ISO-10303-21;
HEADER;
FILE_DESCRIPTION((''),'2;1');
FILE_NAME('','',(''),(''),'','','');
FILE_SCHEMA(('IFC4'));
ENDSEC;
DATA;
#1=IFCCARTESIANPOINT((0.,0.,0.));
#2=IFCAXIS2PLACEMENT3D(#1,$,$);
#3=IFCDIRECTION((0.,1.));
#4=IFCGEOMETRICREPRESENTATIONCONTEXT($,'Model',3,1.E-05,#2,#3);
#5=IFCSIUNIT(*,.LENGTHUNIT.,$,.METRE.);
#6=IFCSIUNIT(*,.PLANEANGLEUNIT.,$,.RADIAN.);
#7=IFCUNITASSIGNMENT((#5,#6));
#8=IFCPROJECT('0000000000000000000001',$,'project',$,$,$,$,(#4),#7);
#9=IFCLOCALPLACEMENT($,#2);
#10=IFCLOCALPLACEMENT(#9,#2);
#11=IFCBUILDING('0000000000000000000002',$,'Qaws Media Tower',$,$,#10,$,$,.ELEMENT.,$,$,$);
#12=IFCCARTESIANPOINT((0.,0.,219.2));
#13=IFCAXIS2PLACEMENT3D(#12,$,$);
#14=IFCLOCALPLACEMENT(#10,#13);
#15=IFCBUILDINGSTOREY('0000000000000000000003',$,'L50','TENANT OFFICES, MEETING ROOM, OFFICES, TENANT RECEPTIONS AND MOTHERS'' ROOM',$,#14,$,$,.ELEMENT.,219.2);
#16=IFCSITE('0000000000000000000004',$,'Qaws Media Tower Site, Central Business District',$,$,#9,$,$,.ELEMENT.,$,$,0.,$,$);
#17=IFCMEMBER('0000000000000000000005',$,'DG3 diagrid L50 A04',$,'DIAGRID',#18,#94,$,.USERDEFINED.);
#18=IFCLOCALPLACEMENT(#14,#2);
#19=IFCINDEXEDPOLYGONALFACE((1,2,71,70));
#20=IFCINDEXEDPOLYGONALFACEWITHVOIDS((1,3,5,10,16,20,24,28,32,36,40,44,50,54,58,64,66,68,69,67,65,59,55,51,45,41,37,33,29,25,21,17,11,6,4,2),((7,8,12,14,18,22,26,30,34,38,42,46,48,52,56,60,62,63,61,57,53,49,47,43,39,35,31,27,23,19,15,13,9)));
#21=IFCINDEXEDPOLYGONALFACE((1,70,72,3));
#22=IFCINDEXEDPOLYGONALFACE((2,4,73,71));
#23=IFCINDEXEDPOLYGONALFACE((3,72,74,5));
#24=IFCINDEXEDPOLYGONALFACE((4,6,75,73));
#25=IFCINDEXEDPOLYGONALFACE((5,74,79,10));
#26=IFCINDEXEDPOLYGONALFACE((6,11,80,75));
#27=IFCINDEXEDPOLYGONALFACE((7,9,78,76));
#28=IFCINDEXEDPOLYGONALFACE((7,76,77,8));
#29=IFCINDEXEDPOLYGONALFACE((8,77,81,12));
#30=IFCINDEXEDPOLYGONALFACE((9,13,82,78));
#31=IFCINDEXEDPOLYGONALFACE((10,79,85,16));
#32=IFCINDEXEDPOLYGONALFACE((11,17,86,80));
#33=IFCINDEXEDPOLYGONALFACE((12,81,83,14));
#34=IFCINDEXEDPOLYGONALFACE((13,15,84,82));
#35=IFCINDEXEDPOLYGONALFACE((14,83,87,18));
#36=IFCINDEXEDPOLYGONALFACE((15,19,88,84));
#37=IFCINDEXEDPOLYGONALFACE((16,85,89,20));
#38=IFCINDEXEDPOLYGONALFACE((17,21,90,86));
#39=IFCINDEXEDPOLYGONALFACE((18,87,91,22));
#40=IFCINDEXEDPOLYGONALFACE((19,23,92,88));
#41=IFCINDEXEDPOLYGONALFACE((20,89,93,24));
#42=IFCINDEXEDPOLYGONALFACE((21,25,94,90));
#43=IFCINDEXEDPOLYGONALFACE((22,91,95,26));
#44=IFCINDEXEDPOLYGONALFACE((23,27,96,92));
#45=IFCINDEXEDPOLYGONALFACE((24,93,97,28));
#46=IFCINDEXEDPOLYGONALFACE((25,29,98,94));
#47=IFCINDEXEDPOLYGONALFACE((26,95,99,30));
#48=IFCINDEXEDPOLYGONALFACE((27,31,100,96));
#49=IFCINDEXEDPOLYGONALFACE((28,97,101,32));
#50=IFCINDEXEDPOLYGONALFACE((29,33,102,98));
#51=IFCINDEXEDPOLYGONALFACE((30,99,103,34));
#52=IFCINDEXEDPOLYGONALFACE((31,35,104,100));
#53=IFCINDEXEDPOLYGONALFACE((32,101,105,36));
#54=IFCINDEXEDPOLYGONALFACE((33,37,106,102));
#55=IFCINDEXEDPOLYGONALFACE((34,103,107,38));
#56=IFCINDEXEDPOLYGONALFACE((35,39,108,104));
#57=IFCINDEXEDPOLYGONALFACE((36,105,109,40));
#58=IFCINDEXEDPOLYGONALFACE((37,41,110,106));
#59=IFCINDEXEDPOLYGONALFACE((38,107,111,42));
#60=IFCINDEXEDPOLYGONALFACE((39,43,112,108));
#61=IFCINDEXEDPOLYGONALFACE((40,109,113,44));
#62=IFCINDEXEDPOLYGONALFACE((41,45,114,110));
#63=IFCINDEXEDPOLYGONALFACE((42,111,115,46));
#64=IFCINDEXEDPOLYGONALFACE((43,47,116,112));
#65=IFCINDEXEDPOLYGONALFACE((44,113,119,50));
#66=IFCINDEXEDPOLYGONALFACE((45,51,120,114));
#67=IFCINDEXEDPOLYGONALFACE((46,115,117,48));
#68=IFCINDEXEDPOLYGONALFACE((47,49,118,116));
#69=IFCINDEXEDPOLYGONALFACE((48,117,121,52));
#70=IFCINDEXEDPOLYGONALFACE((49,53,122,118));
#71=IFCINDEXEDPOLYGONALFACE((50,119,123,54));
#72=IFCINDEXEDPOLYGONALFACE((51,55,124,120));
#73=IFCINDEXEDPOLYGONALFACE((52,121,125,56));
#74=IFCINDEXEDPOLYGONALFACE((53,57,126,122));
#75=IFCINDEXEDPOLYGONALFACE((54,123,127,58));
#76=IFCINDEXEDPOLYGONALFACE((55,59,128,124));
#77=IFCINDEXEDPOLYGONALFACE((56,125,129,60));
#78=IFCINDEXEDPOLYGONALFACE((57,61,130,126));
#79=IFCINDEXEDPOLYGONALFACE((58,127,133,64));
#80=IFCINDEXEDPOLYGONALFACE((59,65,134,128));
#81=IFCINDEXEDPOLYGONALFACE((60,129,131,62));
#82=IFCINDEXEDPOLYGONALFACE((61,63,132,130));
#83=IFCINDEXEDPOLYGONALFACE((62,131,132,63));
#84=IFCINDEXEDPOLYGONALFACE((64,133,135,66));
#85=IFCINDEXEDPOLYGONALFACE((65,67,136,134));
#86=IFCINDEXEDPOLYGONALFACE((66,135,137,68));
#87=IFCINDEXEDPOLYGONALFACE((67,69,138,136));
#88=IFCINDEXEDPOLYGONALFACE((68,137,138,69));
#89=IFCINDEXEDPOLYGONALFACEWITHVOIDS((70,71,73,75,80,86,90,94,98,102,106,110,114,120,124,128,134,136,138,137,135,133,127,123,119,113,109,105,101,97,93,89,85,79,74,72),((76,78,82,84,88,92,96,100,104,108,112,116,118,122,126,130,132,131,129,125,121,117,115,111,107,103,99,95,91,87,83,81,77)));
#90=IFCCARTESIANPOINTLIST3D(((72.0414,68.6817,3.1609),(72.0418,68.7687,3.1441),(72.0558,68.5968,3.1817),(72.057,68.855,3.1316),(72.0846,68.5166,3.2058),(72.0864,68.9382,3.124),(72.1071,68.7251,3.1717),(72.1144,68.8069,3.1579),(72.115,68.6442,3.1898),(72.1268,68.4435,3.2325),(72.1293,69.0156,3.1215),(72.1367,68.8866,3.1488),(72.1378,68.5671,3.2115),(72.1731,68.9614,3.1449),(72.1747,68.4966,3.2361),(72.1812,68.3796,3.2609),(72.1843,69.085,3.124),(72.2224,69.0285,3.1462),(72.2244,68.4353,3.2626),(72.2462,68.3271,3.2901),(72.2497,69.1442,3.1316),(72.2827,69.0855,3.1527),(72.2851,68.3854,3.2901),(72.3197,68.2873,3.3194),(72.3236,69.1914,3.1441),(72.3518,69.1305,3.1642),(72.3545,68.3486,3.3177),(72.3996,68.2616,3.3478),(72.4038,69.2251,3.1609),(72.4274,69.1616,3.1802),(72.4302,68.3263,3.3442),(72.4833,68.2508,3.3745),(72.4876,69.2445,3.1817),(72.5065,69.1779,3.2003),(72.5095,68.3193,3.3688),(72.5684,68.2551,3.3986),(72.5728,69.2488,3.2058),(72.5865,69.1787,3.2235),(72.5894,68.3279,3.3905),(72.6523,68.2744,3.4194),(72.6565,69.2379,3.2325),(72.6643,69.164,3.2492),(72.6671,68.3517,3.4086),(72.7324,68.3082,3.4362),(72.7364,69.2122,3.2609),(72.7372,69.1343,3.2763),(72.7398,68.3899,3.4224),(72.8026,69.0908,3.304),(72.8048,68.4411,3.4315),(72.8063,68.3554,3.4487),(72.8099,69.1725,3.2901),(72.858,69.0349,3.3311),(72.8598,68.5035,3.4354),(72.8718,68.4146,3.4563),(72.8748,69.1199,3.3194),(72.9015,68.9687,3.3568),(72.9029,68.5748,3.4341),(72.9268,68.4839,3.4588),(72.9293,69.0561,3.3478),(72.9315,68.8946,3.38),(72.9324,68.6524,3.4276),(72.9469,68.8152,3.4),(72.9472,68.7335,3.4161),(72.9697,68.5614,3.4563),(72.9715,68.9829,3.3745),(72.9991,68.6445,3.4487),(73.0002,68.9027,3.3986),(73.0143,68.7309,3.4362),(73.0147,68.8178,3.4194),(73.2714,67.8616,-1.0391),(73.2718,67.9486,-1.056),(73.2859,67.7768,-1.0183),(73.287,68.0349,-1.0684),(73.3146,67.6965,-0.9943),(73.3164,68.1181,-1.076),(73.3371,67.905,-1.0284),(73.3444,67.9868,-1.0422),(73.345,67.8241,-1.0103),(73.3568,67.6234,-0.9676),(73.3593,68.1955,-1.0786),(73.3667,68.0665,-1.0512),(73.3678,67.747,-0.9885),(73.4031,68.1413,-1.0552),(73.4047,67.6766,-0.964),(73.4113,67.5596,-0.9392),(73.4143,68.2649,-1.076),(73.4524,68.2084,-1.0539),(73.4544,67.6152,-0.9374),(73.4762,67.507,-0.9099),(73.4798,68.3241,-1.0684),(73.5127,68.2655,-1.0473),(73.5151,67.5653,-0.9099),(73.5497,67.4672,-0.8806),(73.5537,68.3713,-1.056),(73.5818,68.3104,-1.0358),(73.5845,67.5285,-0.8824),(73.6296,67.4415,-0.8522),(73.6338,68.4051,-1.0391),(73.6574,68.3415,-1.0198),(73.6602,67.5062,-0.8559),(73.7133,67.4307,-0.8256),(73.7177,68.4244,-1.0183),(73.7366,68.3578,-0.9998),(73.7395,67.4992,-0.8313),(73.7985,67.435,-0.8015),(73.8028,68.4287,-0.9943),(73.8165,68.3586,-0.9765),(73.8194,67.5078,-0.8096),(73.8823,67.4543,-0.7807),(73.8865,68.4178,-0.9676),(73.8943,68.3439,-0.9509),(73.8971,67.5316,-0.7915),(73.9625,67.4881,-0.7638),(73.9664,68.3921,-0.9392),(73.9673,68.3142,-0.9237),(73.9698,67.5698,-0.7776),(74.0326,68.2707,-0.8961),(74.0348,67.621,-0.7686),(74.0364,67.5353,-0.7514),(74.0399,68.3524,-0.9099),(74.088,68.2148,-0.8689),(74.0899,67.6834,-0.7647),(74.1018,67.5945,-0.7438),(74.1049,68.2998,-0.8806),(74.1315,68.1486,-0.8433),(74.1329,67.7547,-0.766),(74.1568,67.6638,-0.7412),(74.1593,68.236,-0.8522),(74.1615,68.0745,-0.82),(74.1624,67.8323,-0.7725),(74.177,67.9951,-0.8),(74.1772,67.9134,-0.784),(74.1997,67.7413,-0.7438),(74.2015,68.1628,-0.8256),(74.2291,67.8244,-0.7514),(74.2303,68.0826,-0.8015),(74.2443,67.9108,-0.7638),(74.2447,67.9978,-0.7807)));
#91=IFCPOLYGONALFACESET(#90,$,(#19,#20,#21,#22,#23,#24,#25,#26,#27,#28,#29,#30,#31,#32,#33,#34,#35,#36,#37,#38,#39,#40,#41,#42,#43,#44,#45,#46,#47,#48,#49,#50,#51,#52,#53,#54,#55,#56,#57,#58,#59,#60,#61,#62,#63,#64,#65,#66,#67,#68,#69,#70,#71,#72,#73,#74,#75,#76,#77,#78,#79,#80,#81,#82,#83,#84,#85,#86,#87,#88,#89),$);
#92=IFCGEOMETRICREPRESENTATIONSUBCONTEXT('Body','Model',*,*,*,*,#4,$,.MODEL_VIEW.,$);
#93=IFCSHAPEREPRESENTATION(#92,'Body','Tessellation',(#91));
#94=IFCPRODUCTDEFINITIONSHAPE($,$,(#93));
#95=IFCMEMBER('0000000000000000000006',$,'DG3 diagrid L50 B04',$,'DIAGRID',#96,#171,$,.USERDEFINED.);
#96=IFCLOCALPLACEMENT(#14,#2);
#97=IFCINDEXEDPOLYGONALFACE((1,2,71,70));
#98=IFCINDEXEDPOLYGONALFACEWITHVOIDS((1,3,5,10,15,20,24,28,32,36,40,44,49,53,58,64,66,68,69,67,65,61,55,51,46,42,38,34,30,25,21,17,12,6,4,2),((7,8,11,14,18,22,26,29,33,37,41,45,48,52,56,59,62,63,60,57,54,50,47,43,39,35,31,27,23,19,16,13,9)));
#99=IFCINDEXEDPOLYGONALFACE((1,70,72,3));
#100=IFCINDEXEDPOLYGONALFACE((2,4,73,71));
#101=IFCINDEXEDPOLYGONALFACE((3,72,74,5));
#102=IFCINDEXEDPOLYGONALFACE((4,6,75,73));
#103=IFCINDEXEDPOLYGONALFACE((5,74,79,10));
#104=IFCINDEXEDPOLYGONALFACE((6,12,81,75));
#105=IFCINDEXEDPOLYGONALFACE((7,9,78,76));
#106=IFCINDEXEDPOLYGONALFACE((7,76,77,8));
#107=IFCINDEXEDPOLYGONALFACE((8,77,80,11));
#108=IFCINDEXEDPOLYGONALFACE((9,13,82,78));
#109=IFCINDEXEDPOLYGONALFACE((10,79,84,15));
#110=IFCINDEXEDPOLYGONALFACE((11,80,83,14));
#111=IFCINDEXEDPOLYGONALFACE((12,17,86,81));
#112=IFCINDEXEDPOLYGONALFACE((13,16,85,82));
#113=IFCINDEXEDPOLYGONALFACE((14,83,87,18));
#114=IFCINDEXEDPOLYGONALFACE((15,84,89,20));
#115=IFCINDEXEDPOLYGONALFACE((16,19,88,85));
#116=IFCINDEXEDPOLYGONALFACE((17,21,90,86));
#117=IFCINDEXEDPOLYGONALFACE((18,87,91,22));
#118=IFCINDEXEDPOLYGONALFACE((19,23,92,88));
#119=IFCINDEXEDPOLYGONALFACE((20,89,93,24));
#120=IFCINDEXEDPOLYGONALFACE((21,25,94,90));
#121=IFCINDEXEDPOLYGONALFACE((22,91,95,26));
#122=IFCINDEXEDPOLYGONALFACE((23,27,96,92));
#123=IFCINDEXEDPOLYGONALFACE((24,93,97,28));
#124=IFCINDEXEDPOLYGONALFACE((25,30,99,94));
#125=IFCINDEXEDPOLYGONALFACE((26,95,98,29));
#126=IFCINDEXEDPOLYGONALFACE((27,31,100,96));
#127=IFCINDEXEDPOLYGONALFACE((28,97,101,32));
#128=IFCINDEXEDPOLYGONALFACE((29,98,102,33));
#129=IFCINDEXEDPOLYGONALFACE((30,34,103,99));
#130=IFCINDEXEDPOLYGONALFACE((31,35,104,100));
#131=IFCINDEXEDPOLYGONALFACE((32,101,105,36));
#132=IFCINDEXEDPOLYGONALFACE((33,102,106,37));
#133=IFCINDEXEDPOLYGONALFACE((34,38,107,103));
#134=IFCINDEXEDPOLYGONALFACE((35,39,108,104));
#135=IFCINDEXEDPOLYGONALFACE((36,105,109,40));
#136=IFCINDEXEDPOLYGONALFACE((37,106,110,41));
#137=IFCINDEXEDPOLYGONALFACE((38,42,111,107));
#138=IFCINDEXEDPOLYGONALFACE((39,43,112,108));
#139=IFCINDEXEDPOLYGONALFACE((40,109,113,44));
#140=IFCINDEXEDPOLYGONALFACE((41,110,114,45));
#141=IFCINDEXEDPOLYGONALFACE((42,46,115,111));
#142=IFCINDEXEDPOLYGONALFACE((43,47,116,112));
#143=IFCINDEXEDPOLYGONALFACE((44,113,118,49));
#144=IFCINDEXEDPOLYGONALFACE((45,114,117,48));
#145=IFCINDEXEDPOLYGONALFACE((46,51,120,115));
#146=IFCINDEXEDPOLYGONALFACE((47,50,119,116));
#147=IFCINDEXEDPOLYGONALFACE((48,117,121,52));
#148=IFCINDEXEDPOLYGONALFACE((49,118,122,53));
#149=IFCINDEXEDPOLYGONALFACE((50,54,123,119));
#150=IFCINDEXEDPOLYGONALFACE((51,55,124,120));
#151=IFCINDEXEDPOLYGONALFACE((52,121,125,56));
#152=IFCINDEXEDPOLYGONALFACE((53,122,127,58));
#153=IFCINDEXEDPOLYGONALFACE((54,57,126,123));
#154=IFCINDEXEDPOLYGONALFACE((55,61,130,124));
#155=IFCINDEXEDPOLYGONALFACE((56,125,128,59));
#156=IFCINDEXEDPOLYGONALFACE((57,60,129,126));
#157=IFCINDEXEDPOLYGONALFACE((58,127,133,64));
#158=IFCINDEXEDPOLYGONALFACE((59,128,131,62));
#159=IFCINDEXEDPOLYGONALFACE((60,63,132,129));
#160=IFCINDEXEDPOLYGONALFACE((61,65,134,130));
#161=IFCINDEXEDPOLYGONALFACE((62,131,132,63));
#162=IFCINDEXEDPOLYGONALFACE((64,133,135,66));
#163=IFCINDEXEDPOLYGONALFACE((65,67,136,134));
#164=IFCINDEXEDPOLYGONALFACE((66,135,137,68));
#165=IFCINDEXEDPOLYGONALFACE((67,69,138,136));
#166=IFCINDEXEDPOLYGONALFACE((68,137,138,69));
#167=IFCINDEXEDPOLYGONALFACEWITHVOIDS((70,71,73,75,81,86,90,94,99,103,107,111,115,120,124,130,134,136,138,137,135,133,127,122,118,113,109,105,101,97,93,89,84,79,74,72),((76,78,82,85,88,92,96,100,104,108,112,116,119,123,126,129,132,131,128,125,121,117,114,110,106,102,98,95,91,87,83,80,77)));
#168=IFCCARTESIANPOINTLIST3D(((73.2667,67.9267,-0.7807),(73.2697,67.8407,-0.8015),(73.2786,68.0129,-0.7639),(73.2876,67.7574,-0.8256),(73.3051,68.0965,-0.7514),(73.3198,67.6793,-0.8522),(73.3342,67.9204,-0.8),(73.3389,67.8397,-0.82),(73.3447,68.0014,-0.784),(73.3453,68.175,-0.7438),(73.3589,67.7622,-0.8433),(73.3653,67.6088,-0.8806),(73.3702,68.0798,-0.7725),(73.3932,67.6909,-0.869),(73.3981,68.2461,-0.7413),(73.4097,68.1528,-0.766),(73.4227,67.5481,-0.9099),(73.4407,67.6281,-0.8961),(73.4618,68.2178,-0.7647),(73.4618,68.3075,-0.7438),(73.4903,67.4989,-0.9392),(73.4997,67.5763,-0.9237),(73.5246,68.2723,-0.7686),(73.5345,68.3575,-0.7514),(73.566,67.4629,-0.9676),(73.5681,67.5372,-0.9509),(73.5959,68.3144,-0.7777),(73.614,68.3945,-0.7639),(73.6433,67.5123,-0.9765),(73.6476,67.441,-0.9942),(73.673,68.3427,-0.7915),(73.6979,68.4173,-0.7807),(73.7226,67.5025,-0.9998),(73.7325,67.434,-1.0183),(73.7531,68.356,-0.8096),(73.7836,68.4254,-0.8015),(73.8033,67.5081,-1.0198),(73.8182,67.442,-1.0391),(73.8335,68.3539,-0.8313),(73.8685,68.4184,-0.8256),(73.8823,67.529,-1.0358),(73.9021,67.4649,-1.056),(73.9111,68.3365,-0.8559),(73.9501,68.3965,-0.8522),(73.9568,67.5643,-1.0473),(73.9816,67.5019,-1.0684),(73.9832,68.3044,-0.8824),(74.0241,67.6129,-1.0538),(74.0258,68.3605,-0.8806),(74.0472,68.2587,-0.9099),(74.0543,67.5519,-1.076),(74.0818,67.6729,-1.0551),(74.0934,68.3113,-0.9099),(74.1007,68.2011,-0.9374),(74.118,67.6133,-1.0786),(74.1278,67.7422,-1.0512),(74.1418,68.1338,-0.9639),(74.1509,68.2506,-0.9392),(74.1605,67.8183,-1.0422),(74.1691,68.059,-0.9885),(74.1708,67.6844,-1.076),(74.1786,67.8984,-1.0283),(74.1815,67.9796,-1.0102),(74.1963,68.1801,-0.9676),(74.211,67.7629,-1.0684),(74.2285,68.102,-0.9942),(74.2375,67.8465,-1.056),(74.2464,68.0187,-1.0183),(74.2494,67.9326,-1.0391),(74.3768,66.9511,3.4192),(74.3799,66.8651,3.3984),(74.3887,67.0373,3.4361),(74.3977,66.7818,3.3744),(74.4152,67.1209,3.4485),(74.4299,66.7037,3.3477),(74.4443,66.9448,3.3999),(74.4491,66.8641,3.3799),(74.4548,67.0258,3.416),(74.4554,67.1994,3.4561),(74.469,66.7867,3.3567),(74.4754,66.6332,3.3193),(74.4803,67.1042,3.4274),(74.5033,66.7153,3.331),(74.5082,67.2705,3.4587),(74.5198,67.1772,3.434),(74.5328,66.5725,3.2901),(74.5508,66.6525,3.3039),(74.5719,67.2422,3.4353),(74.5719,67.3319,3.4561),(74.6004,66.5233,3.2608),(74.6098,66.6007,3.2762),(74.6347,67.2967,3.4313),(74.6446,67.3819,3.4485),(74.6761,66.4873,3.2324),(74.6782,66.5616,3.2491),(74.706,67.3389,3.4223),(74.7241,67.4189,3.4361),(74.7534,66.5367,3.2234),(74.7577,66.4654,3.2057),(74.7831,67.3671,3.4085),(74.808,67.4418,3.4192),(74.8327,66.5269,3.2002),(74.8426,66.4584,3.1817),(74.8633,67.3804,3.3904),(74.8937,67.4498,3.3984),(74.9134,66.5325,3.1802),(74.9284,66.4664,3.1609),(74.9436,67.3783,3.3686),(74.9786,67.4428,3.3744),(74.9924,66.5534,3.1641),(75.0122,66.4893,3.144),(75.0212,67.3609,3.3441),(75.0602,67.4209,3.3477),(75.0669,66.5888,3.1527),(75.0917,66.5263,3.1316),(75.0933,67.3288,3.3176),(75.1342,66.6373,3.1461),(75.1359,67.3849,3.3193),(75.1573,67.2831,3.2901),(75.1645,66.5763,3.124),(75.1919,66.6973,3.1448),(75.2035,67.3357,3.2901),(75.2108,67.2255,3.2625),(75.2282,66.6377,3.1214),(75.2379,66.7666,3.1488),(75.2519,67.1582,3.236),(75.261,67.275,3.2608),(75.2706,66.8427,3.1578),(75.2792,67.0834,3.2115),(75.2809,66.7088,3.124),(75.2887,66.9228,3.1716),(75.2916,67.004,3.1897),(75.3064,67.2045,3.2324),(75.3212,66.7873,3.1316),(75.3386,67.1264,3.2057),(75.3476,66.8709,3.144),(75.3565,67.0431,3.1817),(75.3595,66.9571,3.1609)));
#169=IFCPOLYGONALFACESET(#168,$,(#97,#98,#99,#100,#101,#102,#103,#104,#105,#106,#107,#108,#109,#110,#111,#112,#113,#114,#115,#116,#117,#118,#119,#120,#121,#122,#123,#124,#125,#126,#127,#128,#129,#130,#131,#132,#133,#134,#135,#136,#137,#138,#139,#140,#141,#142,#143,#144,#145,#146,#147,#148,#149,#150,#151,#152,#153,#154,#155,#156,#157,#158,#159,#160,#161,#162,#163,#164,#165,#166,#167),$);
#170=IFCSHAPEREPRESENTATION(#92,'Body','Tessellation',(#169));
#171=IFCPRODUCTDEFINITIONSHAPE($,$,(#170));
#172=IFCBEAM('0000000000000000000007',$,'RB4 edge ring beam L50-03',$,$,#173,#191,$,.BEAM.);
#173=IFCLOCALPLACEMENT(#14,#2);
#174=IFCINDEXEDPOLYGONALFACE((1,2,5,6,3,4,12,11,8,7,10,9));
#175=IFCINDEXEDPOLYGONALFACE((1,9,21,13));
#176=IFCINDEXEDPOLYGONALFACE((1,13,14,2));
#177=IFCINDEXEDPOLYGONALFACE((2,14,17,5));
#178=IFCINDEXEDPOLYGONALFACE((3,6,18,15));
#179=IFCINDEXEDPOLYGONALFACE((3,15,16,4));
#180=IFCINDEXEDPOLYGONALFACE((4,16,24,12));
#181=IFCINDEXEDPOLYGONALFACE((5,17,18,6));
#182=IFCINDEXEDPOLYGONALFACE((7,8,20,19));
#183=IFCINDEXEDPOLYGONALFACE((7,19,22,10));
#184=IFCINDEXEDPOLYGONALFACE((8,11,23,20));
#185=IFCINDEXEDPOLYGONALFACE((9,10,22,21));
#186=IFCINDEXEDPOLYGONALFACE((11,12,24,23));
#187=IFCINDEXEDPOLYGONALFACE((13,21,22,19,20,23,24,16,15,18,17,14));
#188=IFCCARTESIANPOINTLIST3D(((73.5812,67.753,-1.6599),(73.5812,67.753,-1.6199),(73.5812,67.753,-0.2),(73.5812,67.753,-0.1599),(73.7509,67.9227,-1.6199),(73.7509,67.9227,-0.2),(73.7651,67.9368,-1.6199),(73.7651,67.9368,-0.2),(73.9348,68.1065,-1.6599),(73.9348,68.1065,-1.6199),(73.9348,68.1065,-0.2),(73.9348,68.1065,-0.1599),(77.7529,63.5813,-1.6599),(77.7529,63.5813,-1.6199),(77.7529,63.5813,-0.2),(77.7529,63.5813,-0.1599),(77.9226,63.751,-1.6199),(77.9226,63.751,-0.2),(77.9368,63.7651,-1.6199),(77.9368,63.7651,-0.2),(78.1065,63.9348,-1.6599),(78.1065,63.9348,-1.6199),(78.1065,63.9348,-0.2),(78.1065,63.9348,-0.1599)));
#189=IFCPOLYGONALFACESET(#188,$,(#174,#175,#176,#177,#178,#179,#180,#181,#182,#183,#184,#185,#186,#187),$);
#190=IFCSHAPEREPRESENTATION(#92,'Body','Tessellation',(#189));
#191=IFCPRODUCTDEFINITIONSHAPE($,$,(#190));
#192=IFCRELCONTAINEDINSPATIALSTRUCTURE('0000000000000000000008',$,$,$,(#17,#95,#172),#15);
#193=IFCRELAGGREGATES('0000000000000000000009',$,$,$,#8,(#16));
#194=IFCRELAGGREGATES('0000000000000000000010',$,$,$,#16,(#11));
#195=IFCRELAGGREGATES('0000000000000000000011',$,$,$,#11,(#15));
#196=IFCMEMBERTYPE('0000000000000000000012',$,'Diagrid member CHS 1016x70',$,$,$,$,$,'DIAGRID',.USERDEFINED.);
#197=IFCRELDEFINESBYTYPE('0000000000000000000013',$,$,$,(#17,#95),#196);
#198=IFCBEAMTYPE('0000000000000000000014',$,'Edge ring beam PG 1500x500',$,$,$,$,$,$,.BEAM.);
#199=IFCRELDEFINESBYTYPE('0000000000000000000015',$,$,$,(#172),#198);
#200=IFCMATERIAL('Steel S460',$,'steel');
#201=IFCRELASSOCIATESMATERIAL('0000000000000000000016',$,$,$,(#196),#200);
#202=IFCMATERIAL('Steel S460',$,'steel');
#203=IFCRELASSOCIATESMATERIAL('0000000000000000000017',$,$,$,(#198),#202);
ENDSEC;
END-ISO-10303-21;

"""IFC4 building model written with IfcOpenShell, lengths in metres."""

from ifc_helpers import new_model, si_unit, direction, frame, origin, origin_2d, place, context, subcontext, project, spatial, hollow_circle, i_section, extrude, material, material_profile, profile_set, type_object, element, save


model = new_model("IFC4")

# Units and contexts
model_context = context("Model", 3, precision=1e-05, world=origin(), true_north=direction((0.0, 1.0)))
body_context = subcontext(model_context, "Body", "Model", "MODEL_VIEW")
ifc_project = project(units=[si_unit("LENGTHUNIT", "METRE"), si_unit("PLANEANGLEUNIT", "RADIAN")], contexts=[model_context])

# Site, building, storey
site_placement = place(None, origin())
site = spatial("IfcSite", under=ifc_project, at=site_placement, Name="Qaws Media Tower Site, Central Business District", CompositionType="ELEMENT", RefElevation=0.0)
building_placement = place(site_placement, origin())
building = spatial("IfcBuilding", under=site, at=building_placement, Name="Qaws Media Tower", CompositionType="ELEMENT")
storey_placement = place(building_placement, frame((0.0, 0.0, 219.2)))
storey = spatial("IfcBuildingStorey", under=building, at=storey_placement, Name="L50", Description="TENANT OFFICES, MEETING ROOM, OFFICES, TENANT RECEPTIONS AND MOTHERS' ROOM", CompositionType="ELEMENT", Elevation=219.2)

# Members
ifc_material_1 = material(Name="Steel S460", Category="steel")
ifc_material_profile_1 = material_profile(ifc_material_1, hollow_circle(Radius=0.5081, WallThickness=0.0701, at=origin_2d()), Name="CHS 1016x70")
ifc_profile_set_1 = profile_set([ifc_material_profile_1], Name="Steel S460")
member_type_1 = type_object("IfcMemberType", Name="Diagrid member CHS 1016x70", ElementType="DIAGRID", PredefinedType="USERDEFINED", material=ifc_profile_set_1)
for number, where, z_axis, x_axis, name in (
    (1, (73.7581, 67.9297, -0.9099), (-0.276244, 0.184181, 0.943275), (-0.554738, -0.832025, 0.0), "DG3 diagrid L50 A04"),
):
    element("IfcMember", number, at=place(storey_placement, frame(where, z_axis=z_axis, x_axis=x_axis)), inside=storey, type_object=member_type_1, Name=name, ObjectType="DIAGRID", PredefinedType="USERDEFINED", context=body_context, shape_type="SweptSolid", body=[
        extrude(hollow_circle(Radius=0.5081, WallThickness=0.0701, at=origin_2d()), origin(), (0.0, 0.0, 1.0), 4.4526),
    ])
member_1_placement = place(storey_placement, frame((73.7581, 67.9297, -0.9099), z_axis=(0.249329, -0.219116, 0.943305), x_axis=(0.660129, 0.751152, 0.0)))
element("IfcMember", 2, at=member_1_placement, inside=storey, type_object=member_type_1, Name="DG3 diagrid L50 B04", ObjectType="DIAGRID", PredefinedType="USERDEFINED", context=body_context, shape_type="SweptSolid", body=[
    extrude(hollow_circle(Radius=0.5081, WallThickness=0.0701, at=origin_2d()), origin(), (0.0, 0.0, 1.0), 4.4524),
])

# Beam
ifc_material_2 = material(Name="Steel S460", Category="steel")
ifc_material_profile_2 = material_profile(ifc_material_2, i_section(OverallWidth=0.5, OverallDepth=1.5, WebThickness=0.02, FlangeThickness=0.04, at=origin_2d()), Name="PG 1500x500")
ifc_profile_set_2 = profile_set([ifc_material_profile_2], Name="Steel S460")
beam_type = type_object("IfcBeamType", Name="Edge ring beam PG 1500x500", PredefinedType="BEAM", material=ifc_profile_set_2)
beam_1_placement = place(storey_placement, frame((77.9297, 63.7581, -0.9099), z_axis=(-0.707107, 0.707107, 0.0), x_axis=(-0.707107, -0.707107, 0.0)))
element("IfcBeam", 3, at=beam_1_placement, inside=storey, type_object=beam_type, Name="RB4 edge ring beam L50-03", PredefinedType="BEAM", context=body_context, shape_type="SweptSolid", body=[
    extrude(i_section(OverallWidth=0.5, OverallDepth=1.5, WebThickness=0.02, FlangeThickness=0.04, at=origin_2d()), origin(), (0.0, 0.0, 1.0), 5.8997),
])

save(model, "model.ifc")
